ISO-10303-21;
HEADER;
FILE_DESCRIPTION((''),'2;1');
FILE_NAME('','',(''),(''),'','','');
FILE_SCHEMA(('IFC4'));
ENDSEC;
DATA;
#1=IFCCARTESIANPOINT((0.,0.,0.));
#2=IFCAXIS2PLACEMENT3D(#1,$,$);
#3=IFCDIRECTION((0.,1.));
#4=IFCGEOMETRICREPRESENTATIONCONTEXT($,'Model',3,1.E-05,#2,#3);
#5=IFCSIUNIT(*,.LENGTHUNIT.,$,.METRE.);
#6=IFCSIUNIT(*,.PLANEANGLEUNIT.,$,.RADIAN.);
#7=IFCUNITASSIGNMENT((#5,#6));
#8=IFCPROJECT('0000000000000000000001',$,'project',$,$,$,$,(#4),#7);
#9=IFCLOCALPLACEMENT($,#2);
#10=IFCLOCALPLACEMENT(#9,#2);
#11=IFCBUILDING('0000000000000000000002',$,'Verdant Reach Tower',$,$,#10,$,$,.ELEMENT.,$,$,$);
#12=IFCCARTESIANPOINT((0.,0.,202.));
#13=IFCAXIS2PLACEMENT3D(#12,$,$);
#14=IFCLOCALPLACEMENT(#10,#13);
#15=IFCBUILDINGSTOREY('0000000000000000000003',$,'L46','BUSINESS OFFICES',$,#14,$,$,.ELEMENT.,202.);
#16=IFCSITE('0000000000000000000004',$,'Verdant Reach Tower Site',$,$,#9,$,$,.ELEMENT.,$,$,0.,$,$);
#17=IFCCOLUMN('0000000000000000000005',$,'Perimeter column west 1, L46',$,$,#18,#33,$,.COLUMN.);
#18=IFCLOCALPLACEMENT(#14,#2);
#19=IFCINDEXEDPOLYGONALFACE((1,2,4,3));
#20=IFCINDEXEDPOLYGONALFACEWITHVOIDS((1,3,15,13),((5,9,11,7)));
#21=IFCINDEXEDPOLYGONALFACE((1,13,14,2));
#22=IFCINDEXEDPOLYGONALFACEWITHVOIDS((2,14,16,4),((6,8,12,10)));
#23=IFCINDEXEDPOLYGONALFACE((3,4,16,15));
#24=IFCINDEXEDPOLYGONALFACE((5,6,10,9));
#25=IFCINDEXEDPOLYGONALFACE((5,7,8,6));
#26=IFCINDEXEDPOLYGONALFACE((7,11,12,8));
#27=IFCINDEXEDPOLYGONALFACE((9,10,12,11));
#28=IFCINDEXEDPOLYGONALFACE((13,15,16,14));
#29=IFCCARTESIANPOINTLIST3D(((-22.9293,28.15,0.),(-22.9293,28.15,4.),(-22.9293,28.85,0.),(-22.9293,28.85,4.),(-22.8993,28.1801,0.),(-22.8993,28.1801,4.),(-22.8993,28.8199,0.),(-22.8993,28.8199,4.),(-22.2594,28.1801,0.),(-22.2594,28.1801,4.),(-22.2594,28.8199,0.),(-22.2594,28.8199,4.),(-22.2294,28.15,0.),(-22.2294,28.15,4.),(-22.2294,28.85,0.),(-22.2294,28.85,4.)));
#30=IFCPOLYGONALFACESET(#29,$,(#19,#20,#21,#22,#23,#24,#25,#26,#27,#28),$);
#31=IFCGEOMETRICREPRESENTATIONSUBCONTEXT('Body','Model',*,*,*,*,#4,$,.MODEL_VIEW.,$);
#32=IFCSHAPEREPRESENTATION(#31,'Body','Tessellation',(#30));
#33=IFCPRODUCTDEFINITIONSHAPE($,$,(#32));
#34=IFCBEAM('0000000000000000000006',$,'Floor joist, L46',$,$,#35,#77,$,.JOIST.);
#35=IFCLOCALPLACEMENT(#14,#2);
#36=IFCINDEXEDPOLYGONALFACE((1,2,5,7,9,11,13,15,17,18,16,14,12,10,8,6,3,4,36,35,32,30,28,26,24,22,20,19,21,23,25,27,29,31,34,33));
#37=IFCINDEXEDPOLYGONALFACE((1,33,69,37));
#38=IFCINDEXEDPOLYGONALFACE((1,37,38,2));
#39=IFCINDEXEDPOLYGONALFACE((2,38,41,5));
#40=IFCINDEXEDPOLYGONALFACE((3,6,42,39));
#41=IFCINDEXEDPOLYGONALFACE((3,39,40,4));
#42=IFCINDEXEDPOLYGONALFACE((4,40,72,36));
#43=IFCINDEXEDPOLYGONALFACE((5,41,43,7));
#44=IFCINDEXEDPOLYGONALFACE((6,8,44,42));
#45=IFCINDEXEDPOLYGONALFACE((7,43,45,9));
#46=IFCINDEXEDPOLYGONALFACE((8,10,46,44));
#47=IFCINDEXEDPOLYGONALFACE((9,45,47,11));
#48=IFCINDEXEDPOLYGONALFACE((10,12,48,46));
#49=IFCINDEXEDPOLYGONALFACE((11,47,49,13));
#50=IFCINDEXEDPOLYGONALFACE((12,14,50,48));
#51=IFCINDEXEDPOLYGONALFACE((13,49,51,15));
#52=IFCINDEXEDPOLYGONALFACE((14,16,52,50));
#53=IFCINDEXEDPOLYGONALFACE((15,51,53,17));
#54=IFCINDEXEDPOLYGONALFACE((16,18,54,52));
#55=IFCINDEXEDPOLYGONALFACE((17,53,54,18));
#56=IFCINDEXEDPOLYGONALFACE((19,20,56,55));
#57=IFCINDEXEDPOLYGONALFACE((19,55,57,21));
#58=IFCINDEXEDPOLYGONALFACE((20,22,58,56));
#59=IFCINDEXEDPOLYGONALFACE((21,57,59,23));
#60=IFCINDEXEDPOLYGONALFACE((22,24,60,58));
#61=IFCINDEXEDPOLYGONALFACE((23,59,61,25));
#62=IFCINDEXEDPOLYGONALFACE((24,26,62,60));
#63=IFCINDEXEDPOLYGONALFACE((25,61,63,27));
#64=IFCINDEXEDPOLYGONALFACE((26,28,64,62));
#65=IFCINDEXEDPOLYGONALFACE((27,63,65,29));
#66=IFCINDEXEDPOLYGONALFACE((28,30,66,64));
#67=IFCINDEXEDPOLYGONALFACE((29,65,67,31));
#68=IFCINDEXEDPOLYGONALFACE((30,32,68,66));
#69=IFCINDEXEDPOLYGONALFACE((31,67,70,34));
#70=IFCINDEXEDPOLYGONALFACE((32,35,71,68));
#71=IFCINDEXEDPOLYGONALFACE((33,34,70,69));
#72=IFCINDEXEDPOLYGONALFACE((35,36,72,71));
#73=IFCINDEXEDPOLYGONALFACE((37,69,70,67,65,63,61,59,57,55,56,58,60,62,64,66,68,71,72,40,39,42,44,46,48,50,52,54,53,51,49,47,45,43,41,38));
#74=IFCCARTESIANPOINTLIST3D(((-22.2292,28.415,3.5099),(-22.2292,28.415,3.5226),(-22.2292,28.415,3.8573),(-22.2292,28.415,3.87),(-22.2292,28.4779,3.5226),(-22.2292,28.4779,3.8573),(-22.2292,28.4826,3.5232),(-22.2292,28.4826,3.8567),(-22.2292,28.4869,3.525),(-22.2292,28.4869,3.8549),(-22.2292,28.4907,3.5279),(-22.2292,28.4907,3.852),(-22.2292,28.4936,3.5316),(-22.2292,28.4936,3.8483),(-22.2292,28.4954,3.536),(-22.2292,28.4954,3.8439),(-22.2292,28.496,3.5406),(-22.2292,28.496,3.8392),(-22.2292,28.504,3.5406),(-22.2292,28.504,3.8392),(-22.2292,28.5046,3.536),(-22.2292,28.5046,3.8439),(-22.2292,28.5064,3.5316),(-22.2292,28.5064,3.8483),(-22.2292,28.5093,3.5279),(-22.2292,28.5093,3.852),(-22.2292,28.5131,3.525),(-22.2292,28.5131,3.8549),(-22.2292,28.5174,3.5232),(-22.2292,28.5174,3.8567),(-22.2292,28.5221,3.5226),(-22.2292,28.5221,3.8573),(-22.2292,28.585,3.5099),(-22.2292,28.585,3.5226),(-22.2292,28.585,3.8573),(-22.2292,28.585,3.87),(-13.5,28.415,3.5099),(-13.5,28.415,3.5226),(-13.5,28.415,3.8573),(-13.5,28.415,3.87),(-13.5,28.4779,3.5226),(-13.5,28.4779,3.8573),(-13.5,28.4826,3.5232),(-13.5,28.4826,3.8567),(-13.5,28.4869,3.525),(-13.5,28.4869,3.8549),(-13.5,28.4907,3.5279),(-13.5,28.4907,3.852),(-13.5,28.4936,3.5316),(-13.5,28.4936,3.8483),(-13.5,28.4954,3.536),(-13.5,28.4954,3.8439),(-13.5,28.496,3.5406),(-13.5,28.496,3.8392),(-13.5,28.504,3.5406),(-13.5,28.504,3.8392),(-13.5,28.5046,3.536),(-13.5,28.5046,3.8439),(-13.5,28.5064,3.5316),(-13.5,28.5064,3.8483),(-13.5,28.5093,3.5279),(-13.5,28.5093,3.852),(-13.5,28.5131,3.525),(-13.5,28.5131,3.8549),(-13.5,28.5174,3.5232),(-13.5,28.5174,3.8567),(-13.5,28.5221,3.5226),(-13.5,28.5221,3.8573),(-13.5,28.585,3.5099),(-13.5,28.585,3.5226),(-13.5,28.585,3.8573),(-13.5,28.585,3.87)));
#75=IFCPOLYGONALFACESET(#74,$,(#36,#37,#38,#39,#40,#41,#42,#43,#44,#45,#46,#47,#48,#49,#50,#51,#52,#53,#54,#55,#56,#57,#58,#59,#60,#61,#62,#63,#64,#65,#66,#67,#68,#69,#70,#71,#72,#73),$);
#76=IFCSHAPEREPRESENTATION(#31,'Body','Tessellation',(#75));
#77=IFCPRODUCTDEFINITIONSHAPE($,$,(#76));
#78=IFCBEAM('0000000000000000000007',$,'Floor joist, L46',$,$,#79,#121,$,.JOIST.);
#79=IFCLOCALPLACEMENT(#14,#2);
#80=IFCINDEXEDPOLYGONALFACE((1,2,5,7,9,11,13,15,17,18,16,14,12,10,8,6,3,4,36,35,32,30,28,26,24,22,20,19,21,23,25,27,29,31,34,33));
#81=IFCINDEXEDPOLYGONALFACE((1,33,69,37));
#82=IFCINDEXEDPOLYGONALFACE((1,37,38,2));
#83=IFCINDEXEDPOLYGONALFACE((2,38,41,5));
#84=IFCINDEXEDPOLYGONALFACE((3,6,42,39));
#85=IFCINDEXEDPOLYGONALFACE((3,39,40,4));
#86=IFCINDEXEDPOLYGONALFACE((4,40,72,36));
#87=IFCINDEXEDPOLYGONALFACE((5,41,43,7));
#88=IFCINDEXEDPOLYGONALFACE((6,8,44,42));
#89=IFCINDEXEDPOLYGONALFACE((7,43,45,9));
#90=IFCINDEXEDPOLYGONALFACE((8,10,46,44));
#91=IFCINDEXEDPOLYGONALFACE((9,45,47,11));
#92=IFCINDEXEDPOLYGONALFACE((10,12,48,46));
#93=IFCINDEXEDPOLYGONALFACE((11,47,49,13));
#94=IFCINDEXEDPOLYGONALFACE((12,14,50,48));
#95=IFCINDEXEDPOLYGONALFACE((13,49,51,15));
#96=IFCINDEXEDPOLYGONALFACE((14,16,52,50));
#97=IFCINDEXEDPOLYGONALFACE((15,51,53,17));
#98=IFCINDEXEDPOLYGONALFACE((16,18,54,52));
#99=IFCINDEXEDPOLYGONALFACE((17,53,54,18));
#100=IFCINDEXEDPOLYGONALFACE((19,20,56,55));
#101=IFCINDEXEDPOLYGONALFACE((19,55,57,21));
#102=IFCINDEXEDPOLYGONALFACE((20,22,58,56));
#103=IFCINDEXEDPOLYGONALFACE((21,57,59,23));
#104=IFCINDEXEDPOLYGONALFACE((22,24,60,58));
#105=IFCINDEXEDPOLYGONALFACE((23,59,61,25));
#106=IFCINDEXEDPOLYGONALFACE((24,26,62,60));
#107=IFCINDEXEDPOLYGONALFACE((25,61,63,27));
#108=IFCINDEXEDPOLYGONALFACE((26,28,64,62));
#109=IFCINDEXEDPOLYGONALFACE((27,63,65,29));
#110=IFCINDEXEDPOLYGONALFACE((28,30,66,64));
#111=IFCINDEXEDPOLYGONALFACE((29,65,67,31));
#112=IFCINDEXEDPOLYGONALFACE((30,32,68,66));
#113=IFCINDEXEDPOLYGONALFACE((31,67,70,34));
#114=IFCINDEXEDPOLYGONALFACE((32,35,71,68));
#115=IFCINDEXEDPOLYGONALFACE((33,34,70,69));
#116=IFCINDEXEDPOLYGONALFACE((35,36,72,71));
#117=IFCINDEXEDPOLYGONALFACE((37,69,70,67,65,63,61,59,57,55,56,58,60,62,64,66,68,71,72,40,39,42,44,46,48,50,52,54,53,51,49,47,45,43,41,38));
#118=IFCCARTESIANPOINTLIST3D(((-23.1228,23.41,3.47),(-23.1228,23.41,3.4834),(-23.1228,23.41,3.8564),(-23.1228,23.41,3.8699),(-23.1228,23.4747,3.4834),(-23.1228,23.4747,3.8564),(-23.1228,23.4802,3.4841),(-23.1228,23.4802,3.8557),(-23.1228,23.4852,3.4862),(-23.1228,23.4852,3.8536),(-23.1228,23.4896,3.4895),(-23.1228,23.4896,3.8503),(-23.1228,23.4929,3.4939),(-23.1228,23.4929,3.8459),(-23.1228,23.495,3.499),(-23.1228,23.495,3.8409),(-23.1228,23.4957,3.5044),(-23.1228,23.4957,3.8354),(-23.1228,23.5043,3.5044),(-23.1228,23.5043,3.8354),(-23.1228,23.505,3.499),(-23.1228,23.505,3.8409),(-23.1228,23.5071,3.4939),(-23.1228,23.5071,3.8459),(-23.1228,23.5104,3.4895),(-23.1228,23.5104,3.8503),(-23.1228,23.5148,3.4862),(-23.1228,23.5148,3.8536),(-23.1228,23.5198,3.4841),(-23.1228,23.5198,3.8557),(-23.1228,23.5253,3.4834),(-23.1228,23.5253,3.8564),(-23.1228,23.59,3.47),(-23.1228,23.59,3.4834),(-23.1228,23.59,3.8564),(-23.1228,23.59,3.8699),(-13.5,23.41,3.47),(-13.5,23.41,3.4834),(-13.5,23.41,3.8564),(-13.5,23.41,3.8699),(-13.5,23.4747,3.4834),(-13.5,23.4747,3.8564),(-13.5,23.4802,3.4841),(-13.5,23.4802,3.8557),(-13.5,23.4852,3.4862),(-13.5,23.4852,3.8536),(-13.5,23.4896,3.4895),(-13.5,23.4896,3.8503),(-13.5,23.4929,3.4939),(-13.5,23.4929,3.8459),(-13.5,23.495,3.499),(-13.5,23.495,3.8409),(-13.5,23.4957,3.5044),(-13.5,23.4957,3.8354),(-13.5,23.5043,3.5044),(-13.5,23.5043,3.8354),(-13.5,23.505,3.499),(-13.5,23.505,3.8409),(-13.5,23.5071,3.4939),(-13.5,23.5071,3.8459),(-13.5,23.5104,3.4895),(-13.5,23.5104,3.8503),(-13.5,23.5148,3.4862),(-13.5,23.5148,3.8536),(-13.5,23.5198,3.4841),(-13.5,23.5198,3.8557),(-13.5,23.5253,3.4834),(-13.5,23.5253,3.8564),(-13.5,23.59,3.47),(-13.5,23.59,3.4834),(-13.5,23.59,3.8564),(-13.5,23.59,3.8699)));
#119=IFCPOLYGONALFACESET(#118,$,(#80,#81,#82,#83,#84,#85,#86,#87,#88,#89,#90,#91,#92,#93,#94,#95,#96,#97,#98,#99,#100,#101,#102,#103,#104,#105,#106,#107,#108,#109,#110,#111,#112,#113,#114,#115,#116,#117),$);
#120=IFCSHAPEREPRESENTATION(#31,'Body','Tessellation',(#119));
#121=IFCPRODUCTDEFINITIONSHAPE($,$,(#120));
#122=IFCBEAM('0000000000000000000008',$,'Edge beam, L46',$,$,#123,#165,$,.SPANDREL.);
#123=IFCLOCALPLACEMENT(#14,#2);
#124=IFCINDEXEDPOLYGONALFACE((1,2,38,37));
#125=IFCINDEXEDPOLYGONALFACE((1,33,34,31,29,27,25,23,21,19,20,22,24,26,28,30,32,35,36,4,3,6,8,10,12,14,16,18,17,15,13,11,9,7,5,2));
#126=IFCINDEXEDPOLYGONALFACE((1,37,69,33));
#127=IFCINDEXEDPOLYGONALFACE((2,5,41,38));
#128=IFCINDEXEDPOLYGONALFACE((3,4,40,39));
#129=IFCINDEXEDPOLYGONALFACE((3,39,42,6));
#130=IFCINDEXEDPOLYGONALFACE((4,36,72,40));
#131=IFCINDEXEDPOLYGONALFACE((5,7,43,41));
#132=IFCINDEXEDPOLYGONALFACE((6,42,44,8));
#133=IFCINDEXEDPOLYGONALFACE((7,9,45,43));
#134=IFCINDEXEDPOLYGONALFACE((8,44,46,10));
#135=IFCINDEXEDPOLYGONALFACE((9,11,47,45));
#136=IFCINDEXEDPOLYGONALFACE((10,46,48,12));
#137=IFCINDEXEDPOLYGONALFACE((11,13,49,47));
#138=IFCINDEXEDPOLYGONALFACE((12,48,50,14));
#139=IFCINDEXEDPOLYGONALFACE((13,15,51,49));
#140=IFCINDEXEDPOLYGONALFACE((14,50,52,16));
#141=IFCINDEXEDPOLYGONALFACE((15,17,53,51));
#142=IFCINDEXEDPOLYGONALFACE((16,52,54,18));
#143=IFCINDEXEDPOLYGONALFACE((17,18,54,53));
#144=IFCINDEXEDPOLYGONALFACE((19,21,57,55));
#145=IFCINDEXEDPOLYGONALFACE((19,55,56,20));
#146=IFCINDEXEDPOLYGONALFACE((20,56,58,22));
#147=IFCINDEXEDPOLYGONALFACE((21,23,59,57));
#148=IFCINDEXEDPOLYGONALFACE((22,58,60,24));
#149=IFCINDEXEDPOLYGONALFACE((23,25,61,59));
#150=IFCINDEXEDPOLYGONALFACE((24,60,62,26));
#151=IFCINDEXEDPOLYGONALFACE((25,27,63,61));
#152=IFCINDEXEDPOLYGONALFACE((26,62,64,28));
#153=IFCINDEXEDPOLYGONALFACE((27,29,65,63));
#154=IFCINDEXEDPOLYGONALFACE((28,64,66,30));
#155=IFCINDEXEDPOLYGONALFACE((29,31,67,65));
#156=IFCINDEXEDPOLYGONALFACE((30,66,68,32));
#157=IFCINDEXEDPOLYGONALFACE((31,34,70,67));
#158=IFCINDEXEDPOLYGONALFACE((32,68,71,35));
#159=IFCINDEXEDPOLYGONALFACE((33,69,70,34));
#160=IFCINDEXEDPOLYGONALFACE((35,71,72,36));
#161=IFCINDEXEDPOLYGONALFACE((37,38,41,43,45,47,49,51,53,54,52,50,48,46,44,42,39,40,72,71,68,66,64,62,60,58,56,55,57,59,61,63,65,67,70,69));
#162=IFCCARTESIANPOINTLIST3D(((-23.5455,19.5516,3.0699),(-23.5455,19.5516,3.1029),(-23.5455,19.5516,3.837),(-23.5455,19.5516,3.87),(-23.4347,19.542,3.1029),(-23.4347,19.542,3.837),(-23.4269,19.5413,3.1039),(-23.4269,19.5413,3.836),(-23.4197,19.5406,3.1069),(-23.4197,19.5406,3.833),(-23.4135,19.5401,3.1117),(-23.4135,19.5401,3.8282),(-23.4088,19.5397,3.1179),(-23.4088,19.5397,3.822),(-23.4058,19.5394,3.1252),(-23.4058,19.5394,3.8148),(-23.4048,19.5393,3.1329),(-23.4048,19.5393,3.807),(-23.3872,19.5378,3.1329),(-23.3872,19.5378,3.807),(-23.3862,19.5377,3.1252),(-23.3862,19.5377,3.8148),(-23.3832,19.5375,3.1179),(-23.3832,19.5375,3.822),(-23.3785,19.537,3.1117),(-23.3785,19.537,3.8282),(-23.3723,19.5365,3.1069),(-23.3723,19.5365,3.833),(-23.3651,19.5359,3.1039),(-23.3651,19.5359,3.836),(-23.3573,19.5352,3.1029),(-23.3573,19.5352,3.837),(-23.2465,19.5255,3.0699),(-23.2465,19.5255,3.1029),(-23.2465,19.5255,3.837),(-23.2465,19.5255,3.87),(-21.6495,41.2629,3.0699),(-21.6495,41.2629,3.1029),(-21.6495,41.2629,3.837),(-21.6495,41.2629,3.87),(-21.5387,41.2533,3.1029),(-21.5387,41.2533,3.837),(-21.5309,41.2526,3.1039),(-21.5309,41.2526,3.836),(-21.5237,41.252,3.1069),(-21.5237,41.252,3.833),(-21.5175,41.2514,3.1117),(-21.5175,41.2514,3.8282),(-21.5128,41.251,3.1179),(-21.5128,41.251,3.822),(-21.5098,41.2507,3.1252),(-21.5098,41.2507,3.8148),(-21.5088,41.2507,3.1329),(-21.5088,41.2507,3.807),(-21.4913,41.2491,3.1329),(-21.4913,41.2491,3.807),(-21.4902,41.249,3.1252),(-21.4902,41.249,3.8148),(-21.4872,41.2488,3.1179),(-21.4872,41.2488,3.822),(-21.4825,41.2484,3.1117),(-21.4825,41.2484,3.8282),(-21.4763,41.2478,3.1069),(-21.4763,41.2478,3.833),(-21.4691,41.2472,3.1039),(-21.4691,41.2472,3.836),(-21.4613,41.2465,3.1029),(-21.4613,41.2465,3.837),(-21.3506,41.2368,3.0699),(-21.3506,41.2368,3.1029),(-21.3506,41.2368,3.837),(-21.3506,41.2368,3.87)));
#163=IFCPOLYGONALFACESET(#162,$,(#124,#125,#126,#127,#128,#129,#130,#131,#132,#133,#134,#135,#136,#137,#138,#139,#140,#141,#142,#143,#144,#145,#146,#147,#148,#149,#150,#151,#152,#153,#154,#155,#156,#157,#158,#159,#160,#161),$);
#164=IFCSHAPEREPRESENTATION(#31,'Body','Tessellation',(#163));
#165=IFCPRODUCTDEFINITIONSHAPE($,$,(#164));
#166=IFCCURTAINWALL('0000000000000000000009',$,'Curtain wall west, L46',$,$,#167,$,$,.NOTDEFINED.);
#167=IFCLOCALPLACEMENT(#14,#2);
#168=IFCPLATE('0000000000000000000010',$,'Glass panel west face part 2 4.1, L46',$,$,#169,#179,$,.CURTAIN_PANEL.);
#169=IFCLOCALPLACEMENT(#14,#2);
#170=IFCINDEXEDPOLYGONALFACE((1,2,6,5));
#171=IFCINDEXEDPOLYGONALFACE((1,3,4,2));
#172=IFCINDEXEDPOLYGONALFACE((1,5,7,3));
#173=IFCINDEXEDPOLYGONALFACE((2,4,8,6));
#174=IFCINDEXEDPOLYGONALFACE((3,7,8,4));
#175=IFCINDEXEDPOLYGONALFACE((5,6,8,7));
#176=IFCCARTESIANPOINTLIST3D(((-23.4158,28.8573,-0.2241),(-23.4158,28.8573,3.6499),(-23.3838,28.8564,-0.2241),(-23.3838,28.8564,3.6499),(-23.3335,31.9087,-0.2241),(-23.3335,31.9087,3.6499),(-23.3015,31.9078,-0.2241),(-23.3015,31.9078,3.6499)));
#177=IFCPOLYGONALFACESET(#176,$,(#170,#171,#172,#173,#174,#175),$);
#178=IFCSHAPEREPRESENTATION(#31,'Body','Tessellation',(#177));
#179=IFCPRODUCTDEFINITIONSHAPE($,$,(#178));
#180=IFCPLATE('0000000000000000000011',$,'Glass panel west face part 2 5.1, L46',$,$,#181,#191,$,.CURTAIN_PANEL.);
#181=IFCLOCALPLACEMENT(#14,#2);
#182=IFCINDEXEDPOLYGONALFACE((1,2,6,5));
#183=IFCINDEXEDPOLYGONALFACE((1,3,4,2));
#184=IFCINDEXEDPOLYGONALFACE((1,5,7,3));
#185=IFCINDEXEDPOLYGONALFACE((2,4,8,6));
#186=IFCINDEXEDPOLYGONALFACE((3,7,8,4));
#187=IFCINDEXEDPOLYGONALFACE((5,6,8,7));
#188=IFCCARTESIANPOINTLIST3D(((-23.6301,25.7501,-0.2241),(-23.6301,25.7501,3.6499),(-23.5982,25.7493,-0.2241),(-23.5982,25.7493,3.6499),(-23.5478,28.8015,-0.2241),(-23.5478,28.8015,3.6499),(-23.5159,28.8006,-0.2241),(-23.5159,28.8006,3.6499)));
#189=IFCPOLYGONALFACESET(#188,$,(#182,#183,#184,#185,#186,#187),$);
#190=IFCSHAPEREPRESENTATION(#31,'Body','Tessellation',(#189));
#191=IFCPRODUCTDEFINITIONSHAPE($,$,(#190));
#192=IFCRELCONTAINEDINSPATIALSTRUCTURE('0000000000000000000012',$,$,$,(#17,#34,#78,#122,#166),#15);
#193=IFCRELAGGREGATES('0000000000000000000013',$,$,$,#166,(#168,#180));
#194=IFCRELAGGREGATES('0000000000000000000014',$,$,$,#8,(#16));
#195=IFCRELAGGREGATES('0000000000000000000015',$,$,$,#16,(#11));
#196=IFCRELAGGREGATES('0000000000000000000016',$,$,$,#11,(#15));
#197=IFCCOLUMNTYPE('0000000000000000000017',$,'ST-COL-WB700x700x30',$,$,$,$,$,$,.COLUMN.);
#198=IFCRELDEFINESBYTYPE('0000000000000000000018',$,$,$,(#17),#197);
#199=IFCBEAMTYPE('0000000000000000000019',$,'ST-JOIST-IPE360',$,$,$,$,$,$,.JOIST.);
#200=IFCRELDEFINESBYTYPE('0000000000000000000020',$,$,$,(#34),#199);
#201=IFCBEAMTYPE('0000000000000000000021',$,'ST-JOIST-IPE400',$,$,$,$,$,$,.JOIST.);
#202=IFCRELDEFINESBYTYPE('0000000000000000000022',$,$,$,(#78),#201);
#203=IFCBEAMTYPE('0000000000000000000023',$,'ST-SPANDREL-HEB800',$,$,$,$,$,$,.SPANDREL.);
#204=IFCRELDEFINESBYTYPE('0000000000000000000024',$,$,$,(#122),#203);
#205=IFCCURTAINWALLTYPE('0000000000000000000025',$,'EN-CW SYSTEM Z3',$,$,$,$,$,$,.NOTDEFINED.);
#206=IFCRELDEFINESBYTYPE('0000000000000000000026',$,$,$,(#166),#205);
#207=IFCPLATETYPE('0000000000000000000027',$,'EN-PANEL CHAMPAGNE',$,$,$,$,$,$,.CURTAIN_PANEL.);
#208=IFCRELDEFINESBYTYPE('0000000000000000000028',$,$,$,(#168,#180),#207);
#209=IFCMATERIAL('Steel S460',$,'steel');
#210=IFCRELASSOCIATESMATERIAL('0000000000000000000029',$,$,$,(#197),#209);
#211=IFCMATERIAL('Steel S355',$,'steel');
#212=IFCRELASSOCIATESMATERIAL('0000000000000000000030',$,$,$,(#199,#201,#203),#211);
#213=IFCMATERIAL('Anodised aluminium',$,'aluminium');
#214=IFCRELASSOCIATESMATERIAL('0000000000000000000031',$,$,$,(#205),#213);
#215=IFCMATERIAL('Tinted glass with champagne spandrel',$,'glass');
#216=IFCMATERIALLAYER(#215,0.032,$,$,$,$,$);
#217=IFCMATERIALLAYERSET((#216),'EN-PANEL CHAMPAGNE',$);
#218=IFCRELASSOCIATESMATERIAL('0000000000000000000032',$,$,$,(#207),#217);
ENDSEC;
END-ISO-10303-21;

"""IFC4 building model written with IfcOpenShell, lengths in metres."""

from ifc_helpers import new_model, si_unit, direction, frame, origin, origin_2d, place, context, subcontext, project, spatial, rectangle, hollow_rectangle, i_section, extrude, material, layer, layer_set, material_profile, profile_set, type_object, element, aggregate, save


model = new_model("IFC4")

# Units and contexts
model_context = context("Model", 3, precision=1e-05, world=origin(), true_north=direction((0.0, 1.0)))
body_context = subcontext(model_context, "Body", "Model", "MODEL_VIEW")
ifc_project = project(units=[si_unit("LENGTHUNIT", "METRE"), si_unit("PLANEANGLEUNIT", "RADIAN")], contexts=[model_context])

# Site, building, storey
site_placement = place(None, origin())
site = spatial("IfcSite", under=ifc_project, at=site_placement, Name="Verdant Reach Tower Site", CompositionType="ELEMENT", RefElevation=0.0)
building_placement = place(site_placement, origin())
building = spatial("IfcBuilding", under=site, at=building_placement, Name="Verdant Reach Tower", CompositionType="ELEMENT")
storey_placement = place(building_placement, frame((0.0, 0.0, 202.0)))
storey = spatial("IfcBuildingStorey", under=building, at=storey_placement, Name="L46", Description="BUSINESS OFFICES", CompositionType="ELEMENT", Elevation=202.0)

# Column
ifc_material_1 = material(Name="Steel S460", Category="steel")
ifc_material_profile_1 = material_profile(ifc_material_1, hollow_rectangle(XDim=0.7, YDim=0.7, WallThickness=0.03, at=origin_2d()), Name="WB 700x700x30")
ifc_profile_set_1 = profile_set([ifc_material_profile_1], Name="Steel S460")
column_type = type_object("IfcColumnType", Name="ST-COL-WB700x700x30", PredefinedType="COLUMN", material=ifc_profile_set_1)
column_placement = place(storey_placement, frame((-22.5793, 28.5, 0.0), z_axis=(0.0, 0.0, 1.0), x_axis=(1.0, 0.0, 0.0)))
element("IfcColumn", 1, at=column_placement, inside=storey, type_object=column_type, Name="Perimeter column west 1, L46", PredefinedType="COLUMN", context=body_context, shape_type="SweptSolid", body=[
    extrude(hollow_rectangle(XDim=0.7, YDim=0.7, WallThickness=0.03, at=origin_2d()), origin(), (0.0, 0.0, 1.0), 4.0),
])

# Beams
ifc_material_2 = material(Name="Steel S355", Category="steel")
ifc_material_profile_2 = material_profile(ifc_material_2, i_section(OverallWidth=0.1699, OverallDepth=0.3601, WebThickness=0.0081, FlangeThickness=0.0127, FilletRadius=0.0181, at=origin_2d()), Name="IPE 360")
ifc_profile_set_2 = profile_set([ifc_material_profile_2], Name="Steel S355")
beam_type_1 = type_object("IfcBeamType", Name="ST-JOIST-IPE360", PredefinedType="JOIST", material=ifc_profile_set_2)
beam_1_placement = place(storey_placement, frame((-13.5, 28.5, 3.6899), z_axis=(-1.0, 0.0, 0.0), x_axis=(0.0, -1.0, 0.0)))
element("IfcBeam", 2, at=beam_1_placement, inside=storey, type_object=beam_type_1, Name="Floor joist, L46", PredefinedType="JOIST", context=body_context, shape_type="SweptSolid", body=[
    extrude(i_section(OverallWidth=0.1699, OverallDepth=0.3601, WebThickness=0.0081, FlangeThickness=0.0127, FilletRadius=0.0181, at=origin_2d()), origin(), (0.0, 0.0, 1.0), 8.7292),
])
ifc_material_profile_3 = material_profile(ifc_material_2, i_section(OverallWidth=0.1799, OverallDepth=0.3999, WebThickness=0.0085, FlangeThickness=0.0134, FilletRadius=0.021, at=origin_2d()), Name="IPE 400")
ifc_profile_set_3 = profile_set([ifc_material_profile_3], Name="Steel S355")
beam_type_2 = type_object("IfcBeamType", Name="ST-JOIST-IPE400", PredefinedType="JOIST", material=ifc_profile_set_3)
beam_2_placement = place(storey_placement, frame((-13.5, 23.5, 3.6699), z_axis=(-1.0, 0.0, 0.0), x_axis=(0.0, -1.0, 0.0)))
element("IfcBeam", 3, at=beam_2_placement, inside=storey, type_object=beam_type_2, Name="Floor joist, L46", PredefinedType="JOIST", context=body_context, shape_type="SweptSolid", body=[
    extrude(i_section(OverallWidth=0.1799, OverallDepth=0.3999, WebThickness=0.0085, FlangeThickness=0.0134, FilletRadius=0.021, at=origin_2d()), origin(), (0.0, 0.0, 1.0), 9.6228),
])
ifc_material_profile_4 = material_profile(ifc_material_2, i_section(OverallWidth=0.3, OverallDepth=0.8, WebThickness=0.0176, FlangeThickness=0.033, FilletRadius=0.03, at=origin_2d()), Name="HEB 800")
ifc_profile_set_4 = profile_set([ifc_material_profile_4], Name="Steel S355")
beam_type_3 = type_object("IfcBeamType", Name="ST-SPANDREL-HEB800", PredefinedType="SPANDREL", material=ifc_profile_set_4)
beam_3_placement = place(storey_placement, frame((-23.396, 19.5386, 3.47), z_axis=(0.086996, 0.996209, 0.0), x_axis=(-0.996209, 0.086996, 0.0)))
element("IfcBeam", 4, at=beam_3_placement, inside=storey, type_object=beam_type_3, Name="Edge beam, L46", PredefinedType="SPANDREL", context=body_context, shape_type="SweptSolid", body=[
    extrude(i_section(OverallWidth=0.3, OverallDepth=0.8, WebThickness=0.0176, FlangeThickness=0.033, FilletRadius=0.03, at=origin_2d()), origin(), (0.0, 0.0, 1.0), 21.7939),
])

# Curtain wall, plates
ifc_material_3 = material(Name="Anodised aluminium", Category="aluminium")
curtain_wall_type = type_object("IfcCurtainWallType", Name="EN-CW SYSTEM Z3", PredefinedType="NOTDEFINED", material=ifc_material_3)
curtain_wall_placement = place(storey_placement, origin())
curtain_wall = element("IfcCurtainWall", 5, at=curtain_wall_placement, inside=storey, type_object=curtain_wall_type, Name="Curtain wall west, L46", PredefinedType="NOTDEFINED")
ifc_material_4 = material(Name="Tinted glass with champagne spandrel", Category="glass")
ifc_layer_1 = layer(ifc_material_4, 0.032)
ifc_layer_set_1 = layer_set([ifc_layer_1], Name="EN-PANEL CHAMPAGNE")
plate_type_1 = type_object("IfcPlateType", Name="EN-PANEL CHAMPAGNE", PredefinedType="CURTAIN_PANEL", material=ifc_layer_set_1)
plate_1_placement = place(storey_placement, frame((-23.3586, 30.3826, -0.2241), z_axis=(0.0, 0.0, 1.0), x_axis=(-0.026965, -0.999636, 0.0)))
plate_1 = element("IfcPlate", 6, at=plate_1_placement, type_object=plate_type_1, Name="Glass panel west face part 2 4.1, L46", PredefinedType="CURTAIN_PANEL", context=body_context, shape_type="SweptSolid", body=[
    extrude(rectangle(XDim=3.0525, YDim=0.032, at=origin_2d()), origin(), (0.0, 0.0, 1.0), 3.874),
])
plate_2_placement = place(storey_placement, frame((-23.573, 27.2754, -0.2241), z_axis=(0.0, 0.0, 1.0), x_axis=(-0.026965, -0.999636, 0.0)))
plate_2 = element("IfcPlate", 7, at=plate_2_placement, type_object=plate_type_1, Name="Glass panel west face part 2 5.1, L46", PredefinedType="CURTAIN_PANEL", context=body_context, shape_type="SweptSolid", body=[
    extrude(rectangle(XDim=3.0525, YDim=0.032, at=origin_2d()), origin(), (0.0, 0.0, 1.0), 3.874),
])
aggregate(curtain_wall, [plate_1, plate_2])

save(model, "model.ifc")
